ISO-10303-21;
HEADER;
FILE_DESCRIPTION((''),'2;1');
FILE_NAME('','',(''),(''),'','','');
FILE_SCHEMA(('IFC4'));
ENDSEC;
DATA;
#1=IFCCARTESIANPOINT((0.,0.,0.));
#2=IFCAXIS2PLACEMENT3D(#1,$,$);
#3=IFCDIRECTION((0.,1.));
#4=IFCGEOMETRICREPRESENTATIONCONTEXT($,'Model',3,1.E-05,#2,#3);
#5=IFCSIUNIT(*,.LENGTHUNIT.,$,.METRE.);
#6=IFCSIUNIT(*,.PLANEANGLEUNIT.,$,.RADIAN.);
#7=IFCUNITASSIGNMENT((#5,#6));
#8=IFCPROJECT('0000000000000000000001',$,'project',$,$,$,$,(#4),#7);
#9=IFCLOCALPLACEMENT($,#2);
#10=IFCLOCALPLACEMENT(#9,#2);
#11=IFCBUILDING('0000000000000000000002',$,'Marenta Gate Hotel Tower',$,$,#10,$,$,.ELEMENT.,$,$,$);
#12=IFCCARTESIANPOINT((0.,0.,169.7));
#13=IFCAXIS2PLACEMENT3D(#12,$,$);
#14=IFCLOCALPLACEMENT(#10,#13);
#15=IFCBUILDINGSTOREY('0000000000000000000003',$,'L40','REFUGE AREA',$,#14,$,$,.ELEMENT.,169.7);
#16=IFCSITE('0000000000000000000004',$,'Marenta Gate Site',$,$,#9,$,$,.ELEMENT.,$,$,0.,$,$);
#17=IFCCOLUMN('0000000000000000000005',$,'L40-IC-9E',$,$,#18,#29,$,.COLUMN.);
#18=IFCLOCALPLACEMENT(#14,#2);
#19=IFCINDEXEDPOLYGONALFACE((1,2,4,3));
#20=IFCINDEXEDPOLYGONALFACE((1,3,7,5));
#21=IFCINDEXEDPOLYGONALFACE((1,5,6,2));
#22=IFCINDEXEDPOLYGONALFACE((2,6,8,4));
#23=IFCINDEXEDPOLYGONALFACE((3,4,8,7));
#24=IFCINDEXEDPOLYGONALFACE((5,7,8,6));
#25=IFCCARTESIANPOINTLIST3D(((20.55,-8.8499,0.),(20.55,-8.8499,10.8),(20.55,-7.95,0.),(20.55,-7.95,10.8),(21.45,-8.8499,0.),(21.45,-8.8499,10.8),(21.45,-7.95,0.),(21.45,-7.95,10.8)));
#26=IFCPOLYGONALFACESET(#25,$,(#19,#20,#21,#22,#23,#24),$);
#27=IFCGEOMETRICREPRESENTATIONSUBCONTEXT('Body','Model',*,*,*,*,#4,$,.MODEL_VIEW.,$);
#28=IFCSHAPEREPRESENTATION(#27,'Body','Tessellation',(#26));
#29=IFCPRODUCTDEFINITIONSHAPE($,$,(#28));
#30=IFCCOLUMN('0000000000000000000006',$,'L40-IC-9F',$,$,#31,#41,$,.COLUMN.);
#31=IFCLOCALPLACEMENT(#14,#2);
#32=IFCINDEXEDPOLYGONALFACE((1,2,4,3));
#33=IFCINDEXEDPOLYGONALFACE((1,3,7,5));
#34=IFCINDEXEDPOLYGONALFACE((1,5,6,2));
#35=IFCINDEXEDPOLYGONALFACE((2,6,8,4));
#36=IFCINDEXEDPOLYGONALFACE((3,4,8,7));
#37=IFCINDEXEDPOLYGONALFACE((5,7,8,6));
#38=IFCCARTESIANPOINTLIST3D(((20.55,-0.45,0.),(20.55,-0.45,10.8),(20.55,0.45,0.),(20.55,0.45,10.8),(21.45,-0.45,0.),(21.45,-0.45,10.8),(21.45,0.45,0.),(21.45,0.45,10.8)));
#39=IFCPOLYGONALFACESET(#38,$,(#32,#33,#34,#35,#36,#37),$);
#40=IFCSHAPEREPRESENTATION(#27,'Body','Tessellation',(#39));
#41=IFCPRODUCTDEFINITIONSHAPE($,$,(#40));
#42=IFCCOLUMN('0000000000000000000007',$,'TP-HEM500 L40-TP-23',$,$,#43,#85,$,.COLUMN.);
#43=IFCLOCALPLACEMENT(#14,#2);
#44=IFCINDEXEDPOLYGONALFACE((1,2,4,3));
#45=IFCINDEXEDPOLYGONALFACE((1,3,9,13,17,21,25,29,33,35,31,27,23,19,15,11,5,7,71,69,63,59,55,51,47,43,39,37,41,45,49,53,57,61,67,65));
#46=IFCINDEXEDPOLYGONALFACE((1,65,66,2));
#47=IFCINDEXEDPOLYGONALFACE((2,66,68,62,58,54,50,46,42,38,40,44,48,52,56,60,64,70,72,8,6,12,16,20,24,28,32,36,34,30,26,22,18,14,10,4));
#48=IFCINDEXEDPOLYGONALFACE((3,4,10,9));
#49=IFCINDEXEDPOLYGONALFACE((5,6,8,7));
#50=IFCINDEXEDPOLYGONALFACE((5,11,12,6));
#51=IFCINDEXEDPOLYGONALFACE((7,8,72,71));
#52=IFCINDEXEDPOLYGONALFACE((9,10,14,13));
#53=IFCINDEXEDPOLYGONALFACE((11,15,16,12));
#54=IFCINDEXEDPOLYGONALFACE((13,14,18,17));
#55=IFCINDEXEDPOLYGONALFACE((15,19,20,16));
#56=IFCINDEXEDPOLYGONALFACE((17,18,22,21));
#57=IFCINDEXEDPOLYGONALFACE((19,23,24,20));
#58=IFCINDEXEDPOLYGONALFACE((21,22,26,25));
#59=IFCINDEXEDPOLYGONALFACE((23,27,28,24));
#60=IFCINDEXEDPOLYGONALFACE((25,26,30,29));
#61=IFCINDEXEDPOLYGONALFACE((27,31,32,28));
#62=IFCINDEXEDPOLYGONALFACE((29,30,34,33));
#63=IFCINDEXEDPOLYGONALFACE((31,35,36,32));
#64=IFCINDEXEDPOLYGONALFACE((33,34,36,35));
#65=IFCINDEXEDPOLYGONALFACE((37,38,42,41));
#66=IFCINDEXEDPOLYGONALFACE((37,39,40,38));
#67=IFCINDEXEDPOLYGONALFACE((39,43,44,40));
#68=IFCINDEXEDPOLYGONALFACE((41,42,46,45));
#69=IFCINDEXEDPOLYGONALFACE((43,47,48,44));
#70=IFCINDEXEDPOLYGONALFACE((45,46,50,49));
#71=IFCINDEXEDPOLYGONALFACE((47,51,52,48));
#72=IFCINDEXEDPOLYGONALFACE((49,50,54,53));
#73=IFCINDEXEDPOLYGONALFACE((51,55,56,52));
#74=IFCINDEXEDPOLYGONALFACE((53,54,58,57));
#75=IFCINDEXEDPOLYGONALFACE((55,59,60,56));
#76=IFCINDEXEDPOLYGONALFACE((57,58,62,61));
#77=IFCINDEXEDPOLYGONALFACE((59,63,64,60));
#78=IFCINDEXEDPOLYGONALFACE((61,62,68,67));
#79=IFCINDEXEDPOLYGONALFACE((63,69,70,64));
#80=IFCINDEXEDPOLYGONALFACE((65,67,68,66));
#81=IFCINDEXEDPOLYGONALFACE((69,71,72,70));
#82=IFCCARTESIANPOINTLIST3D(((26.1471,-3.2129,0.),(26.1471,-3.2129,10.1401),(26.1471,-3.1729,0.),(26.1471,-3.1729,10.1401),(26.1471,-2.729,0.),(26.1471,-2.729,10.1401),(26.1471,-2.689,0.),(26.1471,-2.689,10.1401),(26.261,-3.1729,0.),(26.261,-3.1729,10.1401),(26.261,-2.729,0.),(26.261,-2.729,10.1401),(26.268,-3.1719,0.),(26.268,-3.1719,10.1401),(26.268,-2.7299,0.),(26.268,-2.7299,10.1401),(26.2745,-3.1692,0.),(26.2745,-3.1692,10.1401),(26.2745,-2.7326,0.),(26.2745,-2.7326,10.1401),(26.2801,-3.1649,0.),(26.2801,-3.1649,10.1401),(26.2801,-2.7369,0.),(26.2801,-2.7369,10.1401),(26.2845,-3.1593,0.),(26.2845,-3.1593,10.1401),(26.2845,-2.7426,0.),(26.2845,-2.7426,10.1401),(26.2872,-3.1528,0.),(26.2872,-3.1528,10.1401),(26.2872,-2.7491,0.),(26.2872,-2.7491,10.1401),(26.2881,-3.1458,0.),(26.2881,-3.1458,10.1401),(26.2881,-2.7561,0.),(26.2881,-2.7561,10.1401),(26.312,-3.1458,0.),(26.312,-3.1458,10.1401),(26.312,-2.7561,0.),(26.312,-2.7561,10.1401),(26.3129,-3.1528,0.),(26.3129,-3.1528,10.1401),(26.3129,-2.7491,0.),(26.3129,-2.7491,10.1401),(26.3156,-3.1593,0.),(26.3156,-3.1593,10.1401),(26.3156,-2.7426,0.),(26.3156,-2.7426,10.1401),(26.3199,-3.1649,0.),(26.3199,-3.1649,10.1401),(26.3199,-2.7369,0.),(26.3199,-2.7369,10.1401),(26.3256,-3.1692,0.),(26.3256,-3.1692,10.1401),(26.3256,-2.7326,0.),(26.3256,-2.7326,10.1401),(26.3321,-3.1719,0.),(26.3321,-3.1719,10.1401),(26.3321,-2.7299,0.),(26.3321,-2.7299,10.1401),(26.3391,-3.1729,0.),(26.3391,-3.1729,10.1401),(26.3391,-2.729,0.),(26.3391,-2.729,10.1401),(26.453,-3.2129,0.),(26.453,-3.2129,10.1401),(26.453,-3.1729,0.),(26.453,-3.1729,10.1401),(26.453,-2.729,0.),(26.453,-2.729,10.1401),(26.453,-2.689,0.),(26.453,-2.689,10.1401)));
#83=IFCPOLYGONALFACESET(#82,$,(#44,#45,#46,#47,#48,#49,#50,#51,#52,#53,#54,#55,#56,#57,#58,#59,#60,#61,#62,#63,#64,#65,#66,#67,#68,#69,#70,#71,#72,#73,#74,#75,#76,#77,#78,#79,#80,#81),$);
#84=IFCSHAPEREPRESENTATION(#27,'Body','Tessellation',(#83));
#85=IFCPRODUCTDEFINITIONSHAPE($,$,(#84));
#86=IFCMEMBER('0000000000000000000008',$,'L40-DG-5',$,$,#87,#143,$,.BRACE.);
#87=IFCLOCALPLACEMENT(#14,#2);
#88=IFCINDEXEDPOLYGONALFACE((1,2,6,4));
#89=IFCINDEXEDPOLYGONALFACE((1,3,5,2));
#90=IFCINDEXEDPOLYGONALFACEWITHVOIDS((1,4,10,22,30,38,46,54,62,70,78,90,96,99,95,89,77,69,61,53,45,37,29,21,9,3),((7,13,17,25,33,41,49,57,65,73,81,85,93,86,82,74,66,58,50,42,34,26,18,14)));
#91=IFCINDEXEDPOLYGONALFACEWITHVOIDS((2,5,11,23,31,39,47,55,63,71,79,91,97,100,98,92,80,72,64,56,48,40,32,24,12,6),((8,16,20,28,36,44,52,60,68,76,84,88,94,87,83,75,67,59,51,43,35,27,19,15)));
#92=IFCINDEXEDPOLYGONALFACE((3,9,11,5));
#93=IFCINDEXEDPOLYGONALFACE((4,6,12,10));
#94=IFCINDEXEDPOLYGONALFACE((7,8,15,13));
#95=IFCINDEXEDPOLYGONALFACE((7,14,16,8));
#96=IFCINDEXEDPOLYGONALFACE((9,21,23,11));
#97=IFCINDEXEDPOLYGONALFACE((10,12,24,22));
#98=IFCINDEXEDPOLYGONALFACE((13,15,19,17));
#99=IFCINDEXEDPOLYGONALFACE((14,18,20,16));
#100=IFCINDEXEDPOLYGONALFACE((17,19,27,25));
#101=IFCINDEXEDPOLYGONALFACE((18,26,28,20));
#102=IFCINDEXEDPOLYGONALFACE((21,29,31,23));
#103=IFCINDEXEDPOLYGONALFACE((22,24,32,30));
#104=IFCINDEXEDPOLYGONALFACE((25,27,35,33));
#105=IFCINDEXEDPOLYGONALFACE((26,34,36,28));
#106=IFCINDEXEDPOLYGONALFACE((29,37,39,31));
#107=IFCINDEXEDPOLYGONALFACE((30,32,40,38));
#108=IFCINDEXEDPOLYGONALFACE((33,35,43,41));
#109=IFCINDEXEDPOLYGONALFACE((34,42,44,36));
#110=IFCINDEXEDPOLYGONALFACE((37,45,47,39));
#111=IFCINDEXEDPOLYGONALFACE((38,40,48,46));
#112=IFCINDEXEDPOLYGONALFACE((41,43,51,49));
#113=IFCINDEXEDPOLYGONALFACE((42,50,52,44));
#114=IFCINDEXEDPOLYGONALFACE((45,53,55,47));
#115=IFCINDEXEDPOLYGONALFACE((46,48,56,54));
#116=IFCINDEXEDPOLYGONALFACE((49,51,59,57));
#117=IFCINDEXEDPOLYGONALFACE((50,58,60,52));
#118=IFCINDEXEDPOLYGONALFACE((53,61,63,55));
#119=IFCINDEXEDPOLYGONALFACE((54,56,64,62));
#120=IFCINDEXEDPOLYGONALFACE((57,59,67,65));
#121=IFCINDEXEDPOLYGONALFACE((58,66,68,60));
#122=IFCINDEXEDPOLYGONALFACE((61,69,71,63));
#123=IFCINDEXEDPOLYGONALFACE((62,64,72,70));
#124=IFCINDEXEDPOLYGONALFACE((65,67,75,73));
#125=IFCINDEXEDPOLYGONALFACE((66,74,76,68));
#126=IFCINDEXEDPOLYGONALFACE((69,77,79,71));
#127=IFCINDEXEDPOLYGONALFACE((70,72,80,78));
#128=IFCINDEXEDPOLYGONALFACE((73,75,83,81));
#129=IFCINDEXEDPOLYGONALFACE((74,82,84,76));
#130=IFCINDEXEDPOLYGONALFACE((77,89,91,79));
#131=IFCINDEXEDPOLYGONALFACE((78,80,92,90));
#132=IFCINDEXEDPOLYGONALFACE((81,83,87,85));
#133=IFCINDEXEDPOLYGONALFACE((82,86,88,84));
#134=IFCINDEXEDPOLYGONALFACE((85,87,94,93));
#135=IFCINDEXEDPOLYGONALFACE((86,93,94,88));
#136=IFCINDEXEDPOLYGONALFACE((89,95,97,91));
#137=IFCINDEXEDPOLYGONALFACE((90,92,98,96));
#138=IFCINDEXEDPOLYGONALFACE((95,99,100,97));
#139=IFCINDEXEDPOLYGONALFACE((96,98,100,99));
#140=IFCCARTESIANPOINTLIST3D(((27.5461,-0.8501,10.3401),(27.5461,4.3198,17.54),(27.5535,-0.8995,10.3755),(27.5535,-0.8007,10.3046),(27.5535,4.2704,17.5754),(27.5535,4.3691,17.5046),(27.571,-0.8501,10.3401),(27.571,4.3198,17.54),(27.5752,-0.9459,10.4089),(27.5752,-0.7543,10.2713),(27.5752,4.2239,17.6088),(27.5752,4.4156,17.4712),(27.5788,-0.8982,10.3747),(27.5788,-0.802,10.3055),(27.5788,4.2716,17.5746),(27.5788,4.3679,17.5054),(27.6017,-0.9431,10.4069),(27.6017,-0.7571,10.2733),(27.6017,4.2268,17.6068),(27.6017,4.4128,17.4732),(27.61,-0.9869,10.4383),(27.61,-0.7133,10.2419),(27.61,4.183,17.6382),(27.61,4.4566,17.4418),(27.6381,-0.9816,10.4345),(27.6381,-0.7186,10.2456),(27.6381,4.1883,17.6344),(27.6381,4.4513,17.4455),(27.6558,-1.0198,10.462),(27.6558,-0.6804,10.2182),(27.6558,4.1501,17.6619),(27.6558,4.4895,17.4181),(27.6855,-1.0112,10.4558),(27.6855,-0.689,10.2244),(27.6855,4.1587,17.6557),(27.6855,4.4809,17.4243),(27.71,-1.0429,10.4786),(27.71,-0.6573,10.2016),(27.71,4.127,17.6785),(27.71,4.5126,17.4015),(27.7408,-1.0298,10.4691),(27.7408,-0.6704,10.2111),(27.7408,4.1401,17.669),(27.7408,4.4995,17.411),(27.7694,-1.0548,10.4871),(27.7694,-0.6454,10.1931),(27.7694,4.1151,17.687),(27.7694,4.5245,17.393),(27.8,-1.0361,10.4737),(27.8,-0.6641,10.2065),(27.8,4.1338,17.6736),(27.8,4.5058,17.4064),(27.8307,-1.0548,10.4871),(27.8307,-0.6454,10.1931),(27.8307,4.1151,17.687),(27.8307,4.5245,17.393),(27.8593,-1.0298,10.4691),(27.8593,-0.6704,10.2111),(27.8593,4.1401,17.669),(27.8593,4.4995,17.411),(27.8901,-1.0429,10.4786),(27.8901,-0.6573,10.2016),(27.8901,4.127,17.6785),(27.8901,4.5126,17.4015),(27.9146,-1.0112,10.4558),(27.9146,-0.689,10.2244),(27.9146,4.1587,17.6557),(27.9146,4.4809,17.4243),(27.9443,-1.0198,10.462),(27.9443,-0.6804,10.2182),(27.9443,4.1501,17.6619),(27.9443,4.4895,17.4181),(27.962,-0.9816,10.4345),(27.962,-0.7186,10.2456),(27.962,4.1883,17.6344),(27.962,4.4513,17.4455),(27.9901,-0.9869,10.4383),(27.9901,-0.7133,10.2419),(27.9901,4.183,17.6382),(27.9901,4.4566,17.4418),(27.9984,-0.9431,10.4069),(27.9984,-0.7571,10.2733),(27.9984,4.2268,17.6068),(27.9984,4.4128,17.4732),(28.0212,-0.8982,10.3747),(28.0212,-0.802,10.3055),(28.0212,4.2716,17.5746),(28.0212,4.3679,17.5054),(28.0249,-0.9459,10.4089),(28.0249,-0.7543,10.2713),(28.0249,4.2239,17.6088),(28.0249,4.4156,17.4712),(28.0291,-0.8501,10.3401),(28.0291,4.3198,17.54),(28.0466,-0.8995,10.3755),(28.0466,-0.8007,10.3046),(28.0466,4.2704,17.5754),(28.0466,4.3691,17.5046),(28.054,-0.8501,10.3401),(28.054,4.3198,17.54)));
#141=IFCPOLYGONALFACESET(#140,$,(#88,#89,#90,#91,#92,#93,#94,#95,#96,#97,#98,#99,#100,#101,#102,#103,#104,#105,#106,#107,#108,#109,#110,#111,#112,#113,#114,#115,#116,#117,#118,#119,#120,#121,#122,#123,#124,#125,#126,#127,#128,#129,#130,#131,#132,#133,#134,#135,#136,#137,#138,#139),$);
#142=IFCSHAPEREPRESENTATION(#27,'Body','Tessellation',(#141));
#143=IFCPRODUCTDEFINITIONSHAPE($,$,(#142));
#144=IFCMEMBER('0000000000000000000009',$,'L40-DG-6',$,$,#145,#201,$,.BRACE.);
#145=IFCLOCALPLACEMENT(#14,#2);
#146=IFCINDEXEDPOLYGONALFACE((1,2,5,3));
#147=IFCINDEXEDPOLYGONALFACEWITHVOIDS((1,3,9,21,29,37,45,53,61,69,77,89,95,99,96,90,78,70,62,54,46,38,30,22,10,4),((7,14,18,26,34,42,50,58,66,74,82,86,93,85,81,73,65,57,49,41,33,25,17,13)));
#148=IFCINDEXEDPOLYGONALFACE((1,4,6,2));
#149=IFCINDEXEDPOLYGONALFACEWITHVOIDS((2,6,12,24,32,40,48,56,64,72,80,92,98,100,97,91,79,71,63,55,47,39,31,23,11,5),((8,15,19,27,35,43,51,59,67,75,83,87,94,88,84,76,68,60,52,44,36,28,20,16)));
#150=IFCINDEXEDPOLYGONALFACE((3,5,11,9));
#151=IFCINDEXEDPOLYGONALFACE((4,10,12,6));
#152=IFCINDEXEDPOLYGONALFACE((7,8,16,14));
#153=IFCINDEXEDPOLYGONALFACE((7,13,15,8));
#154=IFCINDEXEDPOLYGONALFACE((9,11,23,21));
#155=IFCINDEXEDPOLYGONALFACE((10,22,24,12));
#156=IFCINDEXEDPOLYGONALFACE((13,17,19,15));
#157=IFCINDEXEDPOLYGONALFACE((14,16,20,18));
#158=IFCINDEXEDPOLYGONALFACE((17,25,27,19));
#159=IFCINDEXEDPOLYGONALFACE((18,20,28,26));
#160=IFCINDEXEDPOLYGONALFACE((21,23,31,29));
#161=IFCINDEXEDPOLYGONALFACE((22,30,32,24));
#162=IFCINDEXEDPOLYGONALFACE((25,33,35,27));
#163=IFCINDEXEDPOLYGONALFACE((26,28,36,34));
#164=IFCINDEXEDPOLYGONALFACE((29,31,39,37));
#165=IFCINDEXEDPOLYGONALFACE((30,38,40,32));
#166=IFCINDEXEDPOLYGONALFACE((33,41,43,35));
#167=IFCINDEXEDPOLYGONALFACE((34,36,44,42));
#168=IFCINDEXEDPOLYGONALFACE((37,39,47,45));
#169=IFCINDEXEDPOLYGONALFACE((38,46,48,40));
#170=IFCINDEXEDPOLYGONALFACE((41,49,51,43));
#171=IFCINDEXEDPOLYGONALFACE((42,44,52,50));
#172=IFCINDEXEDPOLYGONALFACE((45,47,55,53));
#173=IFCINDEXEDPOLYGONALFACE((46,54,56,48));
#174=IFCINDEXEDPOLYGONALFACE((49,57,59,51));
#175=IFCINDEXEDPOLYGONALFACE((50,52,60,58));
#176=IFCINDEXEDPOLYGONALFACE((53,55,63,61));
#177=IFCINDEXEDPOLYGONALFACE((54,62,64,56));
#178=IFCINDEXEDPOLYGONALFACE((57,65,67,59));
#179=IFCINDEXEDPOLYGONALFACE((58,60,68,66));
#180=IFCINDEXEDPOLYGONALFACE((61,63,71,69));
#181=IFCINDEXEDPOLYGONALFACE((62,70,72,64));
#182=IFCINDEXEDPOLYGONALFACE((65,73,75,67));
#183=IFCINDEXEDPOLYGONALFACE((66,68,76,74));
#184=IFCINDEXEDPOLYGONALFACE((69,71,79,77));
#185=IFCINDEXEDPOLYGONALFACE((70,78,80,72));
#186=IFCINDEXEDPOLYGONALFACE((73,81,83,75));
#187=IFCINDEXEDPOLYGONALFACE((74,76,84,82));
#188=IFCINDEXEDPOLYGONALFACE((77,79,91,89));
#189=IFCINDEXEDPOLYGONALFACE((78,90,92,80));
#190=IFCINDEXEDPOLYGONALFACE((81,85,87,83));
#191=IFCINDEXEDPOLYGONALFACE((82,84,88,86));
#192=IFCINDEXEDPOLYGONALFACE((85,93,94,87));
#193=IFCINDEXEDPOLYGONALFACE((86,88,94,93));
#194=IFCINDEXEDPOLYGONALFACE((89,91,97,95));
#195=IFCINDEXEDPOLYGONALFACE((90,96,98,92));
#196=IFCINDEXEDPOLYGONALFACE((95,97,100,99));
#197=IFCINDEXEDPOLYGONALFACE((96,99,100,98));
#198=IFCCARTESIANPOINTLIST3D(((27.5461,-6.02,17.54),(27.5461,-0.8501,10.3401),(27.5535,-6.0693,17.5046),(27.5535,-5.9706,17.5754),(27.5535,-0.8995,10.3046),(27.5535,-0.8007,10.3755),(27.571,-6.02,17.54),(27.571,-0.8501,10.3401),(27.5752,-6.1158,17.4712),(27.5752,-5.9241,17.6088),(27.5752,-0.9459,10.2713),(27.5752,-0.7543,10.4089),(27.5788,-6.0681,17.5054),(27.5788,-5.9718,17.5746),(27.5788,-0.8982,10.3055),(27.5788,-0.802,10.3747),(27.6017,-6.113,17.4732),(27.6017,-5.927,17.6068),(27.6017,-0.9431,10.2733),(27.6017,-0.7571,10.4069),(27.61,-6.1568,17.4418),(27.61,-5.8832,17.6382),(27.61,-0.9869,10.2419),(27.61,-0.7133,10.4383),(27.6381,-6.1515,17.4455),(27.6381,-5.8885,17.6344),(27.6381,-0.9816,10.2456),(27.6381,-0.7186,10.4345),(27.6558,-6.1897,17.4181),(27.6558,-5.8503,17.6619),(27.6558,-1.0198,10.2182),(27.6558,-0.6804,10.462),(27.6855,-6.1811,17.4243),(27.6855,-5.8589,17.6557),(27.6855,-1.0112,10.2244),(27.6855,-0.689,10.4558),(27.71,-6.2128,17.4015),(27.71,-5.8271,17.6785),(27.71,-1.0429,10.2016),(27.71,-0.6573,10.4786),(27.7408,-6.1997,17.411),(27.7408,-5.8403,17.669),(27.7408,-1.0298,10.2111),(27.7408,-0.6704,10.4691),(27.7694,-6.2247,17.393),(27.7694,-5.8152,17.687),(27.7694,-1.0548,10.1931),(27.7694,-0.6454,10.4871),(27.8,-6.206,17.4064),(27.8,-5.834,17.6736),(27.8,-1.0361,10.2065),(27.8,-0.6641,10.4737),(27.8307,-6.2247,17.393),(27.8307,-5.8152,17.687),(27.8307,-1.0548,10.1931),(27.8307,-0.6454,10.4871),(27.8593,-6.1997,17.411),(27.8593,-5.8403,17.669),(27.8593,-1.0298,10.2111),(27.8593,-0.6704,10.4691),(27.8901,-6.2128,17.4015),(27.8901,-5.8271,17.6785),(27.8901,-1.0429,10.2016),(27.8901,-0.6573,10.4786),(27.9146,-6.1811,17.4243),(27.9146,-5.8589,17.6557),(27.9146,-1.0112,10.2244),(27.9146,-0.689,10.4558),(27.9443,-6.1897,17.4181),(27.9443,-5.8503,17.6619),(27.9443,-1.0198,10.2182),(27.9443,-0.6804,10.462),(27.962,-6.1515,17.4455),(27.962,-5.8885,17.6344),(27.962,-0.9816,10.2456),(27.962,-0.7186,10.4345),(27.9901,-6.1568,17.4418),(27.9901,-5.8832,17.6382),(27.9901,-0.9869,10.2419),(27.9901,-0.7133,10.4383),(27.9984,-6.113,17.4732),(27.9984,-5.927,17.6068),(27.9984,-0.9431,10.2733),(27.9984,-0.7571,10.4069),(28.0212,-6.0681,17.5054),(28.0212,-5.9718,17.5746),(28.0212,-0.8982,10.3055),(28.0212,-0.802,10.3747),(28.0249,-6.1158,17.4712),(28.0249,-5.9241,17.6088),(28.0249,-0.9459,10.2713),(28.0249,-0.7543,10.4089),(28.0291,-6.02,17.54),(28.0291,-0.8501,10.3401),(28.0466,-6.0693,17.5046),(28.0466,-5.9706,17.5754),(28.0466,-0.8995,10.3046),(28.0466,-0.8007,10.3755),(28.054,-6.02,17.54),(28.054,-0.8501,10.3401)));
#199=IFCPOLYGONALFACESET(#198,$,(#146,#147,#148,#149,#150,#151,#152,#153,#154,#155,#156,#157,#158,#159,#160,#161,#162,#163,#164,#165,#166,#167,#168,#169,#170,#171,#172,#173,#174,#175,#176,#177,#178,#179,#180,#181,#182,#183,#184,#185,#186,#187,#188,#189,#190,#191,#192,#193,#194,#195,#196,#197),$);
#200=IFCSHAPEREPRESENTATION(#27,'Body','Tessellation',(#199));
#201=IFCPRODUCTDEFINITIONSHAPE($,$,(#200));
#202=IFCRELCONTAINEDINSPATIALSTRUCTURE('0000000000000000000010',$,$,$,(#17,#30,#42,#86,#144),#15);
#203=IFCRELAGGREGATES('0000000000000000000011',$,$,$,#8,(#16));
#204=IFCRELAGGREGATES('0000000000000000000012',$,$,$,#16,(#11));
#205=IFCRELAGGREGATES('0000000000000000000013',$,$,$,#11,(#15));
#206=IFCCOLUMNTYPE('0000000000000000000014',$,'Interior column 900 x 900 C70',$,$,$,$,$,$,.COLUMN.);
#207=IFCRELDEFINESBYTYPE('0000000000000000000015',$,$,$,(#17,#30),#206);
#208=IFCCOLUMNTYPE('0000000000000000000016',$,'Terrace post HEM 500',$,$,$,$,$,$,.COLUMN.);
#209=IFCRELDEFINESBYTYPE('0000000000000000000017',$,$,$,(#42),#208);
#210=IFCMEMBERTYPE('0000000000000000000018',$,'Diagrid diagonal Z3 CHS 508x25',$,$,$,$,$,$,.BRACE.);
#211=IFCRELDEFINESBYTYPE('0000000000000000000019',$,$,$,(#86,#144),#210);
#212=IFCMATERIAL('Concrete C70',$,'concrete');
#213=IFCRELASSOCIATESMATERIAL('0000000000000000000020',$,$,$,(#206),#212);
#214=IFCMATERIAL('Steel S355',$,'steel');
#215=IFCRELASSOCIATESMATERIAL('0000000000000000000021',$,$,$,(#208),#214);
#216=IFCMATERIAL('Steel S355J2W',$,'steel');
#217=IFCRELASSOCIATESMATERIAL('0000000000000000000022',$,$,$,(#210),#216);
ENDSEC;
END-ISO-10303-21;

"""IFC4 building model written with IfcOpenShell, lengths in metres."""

from ifc_helpers import new_model, si_unit, direction, frame, origin, origin_2d, place, context, subcontext, project, spatial, rectangle, hollow_circle, i_section, extrude, material, material_profile, profile_set, type_object, element, save


model = new_model("IFC4")

# Units and contexts
model_context = context("Model", 3, precision=1e-05, world=origin(), true_north=direction((0.0, 1.0)))
body_context = subcontext(model_context, "Body", "Model", "MODEL_VIEW")
ifc_project = project(units=[si_unit("LENGTHUNIT", "METRE"), si_unit("PLANEANGLEUNIT", "RADIAN")], contexts=[model_context])

# Site, building, storey
site_placement = place(None, origin())
site = spatial("IfcSite", under=ifc_project, at=site_placement, Name="Marenta Gate Site", CompositionType="ELEMENT", RefElevation=0.0)
building_placement = place(site_placement, origin())
building = spatial("IfcBuilding", under=site, at=building_placement, Name="Marenta Gate Hotel Tower", CompositionType="ELEMENT")
storey_placement = place(building_placement, frame((0.0, 0.0, 169.7)))
storey = spatial("IfcBuildingStorey", under=building, at=storey_placement, Name="L40", Description="REFUGE AREA", CompositionType="ELEMENT", Elevation=169.7)

# Columns
ifc_material_1 = material(Name="Concrete C70", Category="concrete")
ifc_material_profile_1 = material_profile(ifc_material_1, rectangle(XDim=0.8999, YDim=0.8999, at=origin_2d()), Name="900 x 900")
ifc_profile_set_1 = profile_set([ifc_material_profile_1], Name="Concrete C70")
column_type_1 = type_object("IfcColumnType", Name="Interior column 900 x 900 C70", PredefinedType="COLUMN", material=ifc_profile_set_1)
for number, where, z_axis, x_axis, name in (
    (1, (21.0, -8.3999, 0.0), (0.0, 0.0, 1.0), (1.0, 0.0, 0.0), "L40-IC-9E"),
    (2, (21.0, 0.0, 0.0), (0.0, 0.0, 1.0), (1.0, 0.0, 0.0), "L40-IC-9F"),
):
    element("IfcColumn", number, at=place(storey_placement, frame(where, z_axis=z_axis, x_axis=x_axis)), inside=storey, type_object=column_type_1, Name=name, PredefinedType="COLUMN", context=body_context, shape_type="SweptSolid", body=[
        extrude(rectangle(XDim=0.8999, YDim=0.8999, at=origin_2d()), origin(), (0.0, 0.0, 1.0), 10.8),
    ])
ifc_material_2 = material(Name="Steel S355", Category="steel")
ifc_material_profile_2 = material_profile(ifc_material_2, i_section(OverallWidth=0.3059, OverallDepth=0.5239, WebThickness=0.0239, FlangeThickness=0.04, FilletRadius=0.0271, at=origin_2d()), Name="HEM 500")
ifc_profile_set_2 = profile_set([ifc_material_profile_2], Name="Steel S355")
column_type_2 = type_object("IfcColumnType", Name="Terrace post HEM 500", PredefinedType="COLUMN", material=ifc_profile_set_2)
column_placement = place(storey_placement, frame((26.3, -2.9509, 0.0), z_axis=(0.0, 0.0, 1.0), x_axis=(1.0, 0.0, 0.0)))
element("IfcColumn", 3, at=column_placement, inside=storey, type_object=column_type_2, Name="TP-HEM500 L40-TP-23", PredefinedType="COLUMN", context=body_context, shape_type="SweptSolid", body=[
    extrude(i_section(OverallWidth=0.3059, OverallDepth=0.5239, WebThickness=0.0239, FlangeThickness=0.04, FilletRadius=0.0271, at=origin_2d()), origin(), (0.0, 0.0, 1.0), 10.1401),
])

# Members
ifc_material_3 = material(Name="Steel S355J2W", Category="steel")
ifc_material_profile_3 = material_profile(ifc_material_3, hollow_circle(Radius=0.2539, WallThickness=0.0249, at=origin_2d()), Name="CHS 508x25")
ifc_profile_set_3 = profile_set([ifc_material_profile_3], Name="Steel S355J2W")
member_type_1 = type_object("IfcMemberType", Name="Diagrid diagonal Z3 CHS 508x25", PredefinedType="BRACE", material=ifc_profile_set_3)
for number, where, z_axis, x_axis, name in (
    (4, (27.8, -0.8501, 10.3401), (0.0, 0.583261, 0.812285), (-1.0, 0.0, 0.0), "L40-DG-5"),
    (5, (27.8, -0.8501, 10.3401), (0.0, -0.583261, 0.812285), (1.0, 0.0, 0.0), "L40-DG-6"),
):
    element("IfcMember", number, at=place(storey_placement, frame(where, z_axis=z_axis, x_axis=x_axis)), inside=storey, type_object=member_type_1, Name=name, PredefinedType="BRACE", context=body_context, shape_type="SweptSolid", body=[
        extrude(hollow_circle(Radius=0.2539, WallThickness=0.0249, at=origin_2d()), origin(), (0.0, 0.0, 1.0), 8.8638),
    ])

save(model, "model.ifc")
